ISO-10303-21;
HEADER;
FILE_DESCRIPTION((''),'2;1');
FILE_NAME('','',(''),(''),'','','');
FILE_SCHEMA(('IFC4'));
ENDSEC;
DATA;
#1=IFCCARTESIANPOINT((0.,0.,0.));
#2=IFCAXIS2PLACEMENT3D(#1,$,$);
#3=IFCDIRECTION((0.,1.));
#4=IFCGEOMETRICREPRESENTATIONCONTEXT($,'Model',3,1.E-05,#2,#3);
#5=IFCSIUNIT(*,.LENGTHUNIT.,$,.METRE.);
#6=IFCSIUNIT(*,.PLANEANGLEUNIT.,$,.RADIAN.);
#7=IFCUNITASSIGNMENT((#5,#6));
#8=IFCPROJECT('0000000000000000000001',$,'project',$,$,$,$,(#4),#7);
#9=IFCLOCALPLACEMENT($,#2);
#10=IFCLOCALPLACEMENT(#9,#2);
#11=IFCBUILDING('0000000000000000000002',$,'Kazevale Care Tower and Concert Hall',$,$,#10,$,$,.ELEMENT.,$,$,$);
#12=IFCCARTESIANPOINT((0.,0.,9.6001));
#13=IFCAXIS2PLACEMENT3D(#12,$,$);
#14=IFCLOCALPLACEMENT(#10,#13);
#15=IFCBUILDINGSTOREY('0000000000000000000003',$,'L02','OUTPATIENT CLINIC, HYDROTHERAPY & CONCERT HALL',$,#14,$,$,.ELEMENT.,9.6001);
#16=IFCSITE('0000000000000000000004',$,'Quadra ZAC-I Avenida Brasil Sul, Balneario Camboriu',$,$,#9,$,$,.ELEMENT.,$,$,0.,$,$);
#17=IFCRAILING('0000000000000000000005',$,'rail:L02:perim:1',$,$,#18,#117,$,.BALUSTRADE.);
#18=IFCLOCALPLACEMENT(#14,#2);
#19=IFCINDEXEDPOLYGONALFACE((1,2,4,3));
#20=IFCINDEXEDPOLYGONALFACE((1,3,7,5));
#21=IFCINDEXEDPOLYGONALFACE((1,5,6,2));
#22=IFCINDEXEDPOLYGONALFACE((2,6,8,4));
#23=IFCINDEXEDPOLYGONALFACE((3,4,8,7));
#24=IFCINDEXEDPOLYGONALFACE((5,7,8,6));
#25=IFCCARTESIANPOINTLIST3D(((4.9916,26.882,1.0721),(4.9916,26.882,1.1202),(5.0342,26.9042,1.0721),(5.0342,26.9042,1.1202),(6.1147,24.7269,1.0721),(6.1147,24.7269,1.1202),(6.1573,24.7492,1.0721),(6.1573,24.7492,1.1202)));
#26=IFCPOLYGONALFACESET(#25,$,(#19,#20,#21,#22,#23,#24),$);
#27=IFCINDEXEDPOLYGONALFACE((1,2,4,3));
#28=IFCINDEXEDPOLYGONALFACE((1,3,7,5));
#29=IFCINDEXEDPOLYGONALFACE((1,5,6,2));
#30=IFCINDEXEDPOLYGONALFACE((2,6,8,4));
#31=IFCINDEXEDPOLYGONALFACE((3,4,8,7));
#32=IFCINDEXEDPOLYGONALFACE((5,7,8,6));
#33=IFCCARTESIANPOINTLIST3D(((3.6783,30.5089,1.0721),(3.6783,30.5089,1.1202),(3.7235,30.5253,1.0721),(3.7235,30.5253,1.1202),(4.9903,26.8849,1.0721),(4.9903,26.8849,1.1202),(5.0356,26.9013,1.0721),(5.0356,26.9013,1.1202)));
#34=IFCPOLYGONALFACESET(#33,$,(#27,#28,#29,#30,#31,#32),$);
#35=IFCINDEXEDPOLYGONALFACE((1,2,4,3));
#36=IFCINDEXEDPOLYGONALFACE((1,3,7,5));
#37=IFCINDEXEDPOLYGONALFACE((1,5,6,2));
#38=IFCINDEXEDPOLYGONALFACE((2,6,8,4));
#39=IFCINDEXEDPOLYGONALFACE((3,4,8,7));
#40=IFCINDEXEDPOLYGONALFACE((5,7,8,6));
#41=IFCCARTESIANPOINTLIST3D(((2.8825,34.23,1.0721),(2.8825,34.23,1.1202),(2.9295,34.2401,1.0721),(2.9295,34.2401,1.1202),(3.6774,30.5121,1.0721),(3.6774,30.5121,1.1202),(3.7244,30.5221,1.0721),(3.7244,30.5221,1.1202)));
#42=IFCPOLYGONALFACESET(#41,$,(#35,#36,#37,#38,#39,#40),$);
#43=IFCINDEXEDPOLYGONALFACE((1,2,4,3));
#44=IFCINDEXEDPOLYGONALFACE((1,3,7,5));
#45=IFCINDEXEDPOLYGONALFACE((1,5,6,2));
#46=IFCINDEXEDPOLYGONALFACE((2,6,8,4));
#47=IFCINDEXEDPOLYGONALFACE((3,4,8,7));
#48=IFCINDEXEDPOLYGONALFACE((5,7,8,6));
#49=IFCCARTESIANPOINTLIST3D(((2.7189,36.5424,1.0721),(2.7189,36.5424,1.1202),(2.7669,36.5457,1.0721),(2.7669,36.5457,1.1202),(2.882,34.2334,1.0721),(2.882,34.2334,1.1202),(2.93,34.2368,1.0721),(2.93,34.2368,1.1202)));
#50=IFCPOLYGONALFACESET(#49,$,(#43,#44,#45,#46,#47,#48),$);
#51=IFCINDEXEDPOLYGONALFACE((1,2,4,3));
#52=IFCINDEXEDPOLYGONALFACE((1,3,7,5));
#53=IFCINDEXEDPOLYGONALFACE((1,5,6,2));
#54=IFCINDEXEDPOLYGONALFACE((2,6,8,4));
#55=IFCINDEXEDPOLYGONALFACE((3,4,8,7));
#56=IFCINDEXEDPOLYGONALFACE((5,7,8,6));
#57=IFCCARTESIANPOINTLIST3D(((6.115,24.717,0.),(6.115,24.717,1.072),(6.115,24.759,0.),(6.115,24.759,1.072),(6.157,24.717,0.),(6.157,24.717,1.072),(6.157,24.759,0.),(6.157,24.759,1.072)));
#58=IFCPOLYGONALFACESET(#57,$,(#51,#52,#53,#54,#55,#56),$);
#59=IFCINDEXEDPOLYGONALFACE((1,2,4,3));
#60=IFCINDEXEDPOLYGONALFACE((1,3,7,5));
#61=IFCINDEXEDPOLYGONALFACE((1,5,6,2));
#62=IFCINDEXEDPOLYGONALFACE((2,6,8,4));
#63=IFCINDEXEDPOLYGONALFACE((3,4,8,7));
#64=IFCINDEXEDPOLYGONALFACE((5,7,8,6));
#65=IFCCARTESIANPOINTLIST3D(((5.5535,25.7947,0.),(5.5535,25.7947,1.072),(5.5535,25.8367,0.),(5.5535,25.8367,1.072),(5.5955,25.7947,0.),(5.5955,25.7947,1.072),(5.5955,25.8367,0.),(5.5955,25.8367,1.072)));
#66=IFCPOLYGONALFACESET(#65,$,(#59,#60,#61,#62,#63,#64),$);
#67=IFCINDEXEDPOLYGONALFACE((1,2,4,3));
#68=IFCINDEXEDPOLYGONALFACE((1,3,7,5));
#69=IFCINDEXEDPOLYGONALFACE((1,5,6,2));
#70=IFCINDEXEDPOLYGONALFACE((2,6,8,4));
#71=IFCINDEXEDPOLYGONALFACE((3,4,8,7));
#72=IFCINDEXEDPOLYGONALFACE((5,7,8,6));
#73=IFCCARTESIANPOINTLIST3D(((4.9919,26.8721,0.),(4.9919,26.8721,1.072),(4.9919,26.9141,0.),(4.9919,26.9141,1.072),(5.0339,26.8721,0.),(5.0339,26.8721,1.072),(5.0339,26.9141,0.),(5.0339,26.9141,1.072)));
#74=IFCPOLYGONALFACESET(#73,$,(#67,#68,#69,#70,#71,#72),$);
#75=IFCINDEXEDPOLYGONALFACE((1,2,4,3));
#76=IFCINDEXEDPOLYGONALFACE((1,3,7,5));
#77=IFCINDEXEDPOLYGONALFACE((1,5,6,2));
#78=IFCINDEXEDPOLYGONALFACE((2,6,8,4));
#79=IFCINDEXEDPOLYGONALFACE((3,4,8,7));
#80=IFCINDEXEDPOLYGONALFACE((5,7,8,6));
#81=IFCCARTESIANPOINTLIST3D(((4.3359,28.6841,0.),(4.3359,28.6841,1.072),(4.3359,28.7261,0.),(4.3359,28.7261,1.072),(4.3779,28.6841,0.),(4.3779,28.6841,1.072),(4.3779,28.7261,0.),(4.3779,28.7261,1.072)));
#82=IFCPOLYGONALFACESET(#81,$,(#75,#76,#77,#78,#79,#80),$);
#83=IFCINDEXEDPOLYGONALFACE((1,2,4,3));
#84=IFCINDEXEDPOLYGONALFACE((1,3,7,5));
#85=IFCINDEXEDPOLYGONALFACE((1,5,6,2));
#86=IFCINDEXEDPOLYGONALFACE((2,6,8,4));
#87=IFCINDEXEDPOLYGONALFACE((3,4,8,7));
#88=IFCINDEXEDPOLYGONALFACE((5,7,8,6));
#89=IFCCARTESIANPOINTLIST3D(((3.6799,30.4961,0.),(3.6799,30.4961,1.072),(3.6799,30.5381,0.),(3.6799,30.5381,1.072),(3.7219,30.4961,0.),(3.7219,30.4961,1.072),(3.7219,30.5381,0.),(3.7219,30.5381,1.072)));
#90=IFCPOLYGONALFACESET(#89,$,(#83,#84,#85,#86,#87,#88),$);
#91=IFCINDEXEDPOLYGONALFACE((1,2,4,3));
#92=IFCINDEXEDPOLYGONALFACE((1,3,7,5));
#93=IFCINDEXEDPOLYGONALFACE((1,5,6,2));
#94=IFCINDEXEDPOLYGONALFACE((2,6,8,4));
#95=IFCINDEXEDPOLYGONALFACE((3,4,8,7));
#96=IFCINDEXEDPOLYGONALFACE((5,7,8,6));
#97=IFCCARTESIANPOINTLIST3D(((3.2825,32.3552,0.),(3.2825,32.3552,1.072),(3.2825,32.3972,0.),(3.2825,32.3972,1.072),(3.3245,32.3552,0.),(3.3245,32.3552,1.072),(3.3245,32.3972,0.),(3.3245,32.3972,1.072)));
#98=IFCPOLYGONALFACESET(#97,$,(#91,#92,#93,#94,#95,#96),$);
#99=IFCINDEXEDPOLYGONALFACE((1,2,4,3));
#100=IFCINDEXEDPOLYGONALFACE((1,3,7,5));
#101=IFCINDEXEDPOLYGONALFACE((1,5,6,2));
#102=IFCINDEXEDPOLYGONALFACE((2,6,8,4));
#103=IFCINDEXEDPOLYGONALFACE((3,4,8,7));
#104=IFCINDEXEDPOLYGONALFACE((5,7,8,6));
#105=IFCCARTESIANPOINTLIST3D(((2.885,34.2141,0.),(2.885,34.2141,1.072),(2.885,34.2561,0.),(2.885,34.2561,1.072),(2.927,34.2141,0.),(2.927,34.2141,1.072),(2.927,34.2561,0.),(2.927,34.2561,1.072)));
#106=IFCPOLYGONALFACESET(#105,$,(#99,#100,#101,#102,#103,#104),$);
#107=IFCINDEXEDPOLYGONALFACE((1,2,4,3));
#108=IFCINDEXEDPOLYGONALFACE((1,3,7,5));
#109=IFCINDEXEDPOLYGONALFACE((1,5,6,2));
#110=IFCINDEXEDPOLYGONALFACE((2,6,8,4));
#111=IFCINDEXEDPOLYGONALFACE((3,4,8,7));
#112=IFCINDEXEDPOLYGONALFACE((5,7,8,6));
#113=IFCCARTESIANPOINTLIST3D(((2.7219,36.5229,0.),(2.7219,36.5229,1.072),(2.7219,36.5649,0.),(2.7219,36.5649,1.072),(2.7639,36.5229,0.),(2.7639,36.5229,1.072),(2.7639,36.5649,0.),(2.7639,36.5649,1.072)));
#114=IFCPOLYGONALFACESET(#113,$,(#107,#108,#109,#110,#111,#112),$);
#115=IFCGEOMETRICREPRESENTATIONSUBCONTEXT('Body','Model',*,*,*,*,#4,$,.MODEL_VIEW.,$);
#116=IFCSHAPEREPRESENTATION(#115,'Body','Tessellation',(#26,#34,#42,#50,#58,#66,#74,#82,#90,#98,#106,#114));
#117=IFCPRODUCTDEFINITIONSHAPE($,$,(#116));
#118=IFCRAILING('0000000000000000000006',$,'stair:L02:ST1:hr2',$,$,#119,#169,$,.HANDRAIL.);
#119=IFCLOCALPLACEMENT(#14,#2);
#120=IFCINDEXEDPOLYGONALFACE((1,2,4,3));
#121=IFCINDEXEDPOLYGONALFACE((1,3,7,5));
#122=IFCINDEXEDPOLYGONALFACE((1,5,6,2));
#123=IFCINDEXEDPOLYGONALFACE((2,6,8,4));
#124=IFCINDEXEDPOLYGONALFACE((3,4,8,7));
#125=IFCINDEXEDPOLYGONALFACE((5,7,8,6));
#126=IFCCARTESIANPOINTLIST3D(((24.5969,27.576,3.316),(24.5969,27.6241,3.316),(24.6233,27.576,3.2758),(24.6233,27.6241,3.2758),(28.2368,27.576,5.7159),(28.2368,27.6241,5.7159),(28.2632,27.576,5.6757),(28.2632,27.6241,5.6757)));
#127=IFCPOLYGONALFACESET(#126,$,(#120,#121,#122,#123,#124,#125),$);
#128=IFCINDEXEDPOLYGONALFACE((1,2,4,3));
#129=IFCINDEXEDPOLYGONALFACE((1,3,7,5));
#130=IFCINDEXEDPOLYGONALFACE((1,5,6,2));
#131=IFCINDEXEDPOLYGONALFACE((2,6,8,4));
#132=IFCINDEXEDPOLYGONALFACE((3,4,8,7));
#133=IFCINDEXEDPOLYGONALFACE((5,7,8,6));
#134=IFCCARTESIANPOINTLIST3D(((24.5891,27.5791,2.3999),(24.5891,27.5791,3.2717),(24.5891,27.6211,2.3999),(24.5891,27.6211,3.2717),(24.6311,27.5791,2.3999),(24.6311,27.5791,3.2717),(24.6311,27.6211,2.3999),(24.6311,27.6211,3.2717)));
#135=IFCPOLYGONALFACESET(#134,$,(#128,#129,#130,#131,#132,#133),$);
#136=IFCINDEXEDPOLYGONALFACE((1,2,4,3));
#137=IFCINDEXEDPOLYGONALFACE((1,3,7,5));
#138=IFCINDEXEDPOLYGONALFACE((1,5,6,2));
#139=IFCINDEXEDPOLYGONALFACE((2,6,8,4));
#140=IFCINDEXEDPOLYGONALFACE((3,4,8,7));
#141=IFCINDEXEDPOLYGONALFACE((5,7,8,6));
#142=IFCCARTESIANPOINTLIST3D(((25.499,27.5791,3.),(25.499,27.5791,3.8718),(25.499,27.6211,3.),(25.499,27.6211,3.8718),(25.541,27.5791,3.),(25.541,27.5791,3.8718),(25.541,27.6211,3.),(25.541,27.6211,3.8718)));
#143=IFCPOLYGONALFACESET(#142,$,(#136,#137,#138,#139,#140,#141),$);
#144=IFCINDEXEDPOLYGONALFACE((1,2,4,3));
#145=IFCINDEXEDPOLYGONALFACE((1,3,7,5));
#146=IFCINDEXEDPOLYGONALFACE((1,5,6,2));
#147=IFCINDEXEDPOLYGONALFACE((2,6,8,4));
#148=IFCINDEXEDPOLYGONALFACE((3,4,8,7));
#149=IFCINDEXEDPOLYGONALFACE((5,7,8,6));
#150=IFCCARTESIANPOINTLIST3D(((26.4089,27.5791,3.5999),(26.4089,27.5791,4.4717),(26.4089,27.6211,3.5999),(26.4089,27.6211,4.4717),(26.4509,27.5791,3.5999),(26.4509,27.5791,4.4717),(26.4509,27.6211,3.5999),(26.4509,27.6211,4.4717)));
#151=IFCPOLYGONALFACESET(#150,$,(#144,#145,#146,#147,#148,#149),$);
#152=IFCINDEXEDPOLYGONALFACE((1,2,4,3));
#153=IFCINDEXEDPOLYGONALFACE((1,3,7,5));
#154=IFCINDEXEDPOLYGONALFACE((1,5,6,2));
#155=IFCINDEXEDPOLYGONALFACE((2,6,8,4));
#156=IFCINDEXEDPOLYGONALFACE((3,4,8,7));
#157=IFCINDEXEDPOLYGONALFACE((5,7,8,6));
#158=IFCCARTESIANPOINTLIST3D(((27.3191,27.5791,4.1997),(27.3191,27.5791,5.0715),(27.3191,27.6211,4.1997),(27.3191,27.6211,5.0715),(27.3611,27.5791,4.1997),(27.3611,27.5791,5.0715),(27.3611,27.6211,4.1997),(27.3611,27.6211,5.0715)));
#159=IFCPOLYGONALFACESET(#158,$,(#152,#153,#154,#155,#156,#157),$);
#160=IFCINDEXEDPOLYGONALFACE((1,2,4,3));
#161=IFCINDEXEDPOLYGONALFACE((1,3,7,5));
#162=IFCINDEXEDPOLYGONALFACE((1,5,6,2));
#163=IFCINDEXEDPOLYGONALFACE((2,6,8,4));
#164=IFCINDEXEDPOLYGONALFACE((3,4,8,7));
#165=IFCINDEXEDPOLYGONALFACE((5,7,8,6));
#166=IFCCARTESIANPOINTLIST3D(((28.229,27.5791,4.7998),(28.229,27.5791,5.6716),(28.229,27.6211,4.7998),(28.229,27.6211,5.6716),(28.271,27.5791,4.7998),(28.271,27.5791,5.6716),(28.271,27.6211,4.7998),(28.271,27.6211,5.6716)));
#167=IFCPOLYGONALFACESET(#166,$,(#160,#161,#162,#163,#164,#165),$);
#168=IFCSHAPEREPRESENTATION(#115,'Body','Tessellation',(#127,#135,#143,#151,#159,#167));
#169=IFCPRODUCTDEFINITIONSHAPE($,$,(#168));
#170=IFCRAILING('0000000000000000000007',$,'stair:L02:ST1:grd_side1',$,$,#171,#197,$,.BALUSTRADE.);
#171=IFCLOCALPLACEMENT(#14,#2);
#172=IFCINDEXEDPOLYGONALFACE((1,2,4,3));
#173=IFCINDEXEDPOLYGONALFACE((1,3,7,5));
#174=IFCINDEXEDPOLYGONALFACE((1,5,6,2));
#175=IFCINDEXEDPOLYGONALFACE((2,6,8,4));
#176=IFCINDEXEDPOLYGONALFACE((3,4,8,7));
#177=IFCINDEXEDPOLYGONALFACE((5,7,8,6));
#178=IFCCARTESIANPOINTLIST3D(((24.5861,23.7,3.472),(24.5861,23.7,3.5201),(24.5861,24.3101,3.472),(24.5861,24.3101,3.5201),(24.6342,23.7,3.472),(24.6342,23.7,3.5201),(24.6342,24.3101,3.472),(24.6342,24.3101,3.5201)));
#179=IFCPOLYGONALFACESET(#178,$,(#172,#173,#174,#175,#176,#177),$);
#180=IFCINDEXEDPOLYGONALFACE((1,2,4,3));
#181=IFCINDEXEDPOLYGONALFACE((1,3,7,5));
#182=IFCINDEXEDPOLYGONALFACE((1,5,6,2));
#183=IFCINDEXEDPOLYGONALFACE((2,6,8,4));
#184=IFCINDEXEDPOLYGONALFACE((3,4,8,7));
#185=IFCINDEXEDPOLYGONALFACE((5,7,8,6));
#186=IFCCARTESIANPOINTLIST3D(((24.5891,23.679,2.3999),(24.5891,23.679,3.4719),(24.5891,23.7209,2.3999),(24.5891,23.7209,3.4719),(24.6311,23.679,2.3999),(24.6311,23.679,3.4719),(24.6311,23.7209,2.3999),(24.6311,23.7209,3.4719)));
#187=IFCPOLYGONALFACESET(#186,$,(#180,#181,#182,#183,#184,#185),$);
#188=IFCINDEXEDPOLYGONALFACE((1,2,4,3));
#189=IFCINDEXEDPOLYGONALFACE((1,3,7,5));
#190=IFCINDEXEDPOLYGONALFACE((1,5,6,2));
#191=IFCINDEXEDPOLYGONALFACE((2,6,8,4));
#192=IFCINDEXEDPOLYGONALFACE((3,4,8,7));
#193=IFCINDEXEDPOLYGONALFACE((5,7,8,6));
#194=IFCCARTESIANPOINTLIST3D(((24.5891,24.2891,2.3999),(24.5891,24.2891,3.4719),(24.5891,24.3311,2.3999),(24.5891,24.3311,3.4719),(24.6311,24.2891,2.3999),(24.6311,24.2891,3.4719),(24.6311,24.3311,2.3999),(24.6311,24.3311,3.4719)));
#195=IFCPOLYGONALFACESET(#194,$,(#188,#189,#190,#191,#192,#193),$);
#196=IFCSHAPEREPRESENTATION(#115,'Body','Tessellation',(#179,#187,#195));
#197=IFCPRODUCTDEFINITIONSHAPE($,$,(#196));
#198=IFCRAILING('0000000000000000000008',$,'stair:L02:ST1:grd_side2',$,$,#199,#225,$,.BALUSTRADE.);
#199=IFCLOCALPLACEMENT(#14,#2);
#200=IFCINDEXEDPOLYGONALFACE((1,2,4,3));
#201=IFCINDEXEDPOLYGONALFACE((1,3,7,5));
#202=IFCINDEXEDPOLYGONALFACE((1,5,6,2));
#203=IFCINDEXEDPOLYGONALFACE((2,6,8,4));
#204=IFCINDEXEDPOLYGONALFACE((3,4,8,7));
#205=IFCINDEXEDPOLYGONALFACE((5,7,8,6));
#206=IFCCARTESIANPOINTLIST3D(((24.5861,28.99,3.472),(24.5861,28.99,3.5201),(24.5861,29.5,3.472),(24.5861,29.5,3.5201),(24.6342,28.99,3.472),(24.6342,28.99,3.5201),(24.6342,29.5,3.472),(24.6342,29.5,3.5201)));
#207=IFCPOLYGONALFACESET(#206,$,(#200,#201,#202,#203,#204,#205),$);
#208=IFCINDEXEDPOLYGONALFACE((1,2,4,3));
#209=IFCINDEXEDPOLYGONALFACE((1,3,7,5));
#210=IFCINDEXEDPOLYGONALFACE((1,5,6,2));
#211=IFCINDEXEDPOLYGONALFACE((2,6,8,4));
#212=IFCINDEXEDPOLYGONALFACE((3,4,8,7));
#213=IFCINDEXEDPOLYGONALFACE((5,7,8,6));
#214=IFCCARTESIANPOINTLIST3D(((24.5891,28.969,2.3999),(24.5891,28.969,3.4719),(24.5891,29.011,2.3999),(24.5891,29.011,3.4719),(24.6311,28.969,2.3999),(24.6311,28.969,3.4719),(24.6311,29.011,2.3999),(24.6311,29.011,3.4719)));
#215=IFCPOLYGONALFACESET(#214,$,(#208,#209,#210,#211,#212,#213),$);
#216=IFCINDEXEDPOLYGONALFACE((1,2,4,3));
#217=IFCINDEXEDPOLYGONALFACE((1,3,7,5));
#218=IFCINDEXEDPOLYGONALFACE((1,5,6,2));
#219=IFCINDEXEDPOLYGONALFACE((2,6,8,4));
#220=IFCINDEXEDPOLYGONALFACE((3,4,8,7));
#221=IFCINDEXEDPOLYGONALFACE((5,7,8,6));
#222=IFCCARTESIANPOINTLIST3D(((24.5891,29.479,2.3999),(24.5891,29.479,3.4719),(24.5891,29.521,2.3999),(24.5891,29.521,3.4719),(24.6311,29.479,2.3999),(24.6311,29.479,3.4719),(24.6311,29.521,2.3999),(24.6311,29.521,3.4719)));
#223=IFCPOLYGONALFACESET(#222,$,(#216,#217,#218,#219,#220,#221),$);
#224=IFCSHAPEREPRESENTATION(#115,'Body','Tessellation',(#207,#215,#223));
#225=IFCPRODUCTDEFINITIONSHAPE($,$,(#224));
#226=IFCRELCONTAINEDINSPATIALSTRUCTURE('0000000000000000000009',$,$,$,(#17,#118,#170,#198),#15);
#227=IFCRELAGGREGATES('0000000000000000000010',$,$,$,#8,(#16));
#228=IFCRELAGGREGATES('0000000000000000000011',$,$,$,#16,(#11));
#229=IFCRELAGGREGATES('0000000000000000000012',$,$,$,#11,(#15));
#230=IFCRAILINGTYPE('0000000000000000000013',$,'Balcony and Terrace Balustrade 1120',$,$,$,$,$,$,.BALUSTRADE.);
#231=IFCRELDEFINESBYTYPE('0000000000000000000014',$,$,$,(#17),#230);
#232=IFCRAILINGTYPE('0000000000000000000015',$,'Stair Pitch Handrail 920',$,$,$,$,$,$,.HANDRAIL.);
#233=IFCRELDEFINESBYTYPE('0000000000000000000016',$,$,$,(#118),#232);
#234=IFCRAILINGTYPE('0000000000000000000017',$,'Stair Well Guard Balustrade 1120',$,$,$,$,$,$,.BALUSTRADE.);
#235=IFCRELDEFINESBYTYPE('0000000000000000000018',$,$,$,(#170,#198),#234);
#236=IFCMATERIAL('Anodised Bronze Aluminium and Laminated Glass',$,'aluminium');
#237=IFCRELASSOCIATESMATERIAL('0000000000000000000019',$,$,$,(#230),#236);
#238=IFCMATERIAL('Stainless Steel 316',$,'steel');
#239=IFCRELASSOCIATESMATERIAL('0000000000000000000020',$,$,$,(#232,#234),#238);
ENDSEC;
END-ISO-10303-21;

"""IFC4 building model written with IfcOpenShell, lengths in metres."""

from ifc_helpers import new_model, si_unit, direction, frame, origin, origin_2d, place, context, subcontext, project, spatial, rectangle, extrude, material, type_object, element, save


model = new_model("IFC4")

# Units and contexts
model_context = context("Model", 3, precision=1e-05, world=origin(), true_north=direction((0.0, 1.0)))
body_context = subcontext(model_context, "Body", "Model", "MODEL_VIEW")
ifc_project = project(units=[si_unit("LENGTHUNIT", "METRE"), si_unit("PLANEANGLEUNIT", "RADIAN")], contexts=[model_context])

# Site, building, storey
site_placement = place(None, origin())
site = spatial("IfcSite", under=ifc_project, at=site_placement, Name="Quadra ZAC-I Avenida Brasil Sul, Balneario Camboriu", CompositionType="ELEMENT", RefElevation=0.0)
building_placement = place(site_placement, origin())
building = spatial("IfcBuilding", under=site, at=building_placement, Name="Kazevale Care Tower and Concert Hall", CompositionType="ELEMENT")
storey_placement = place(building_placement, frame((0.0, 0.0, 9.6001)))
storey = spatial("IfcBuildingStorey", under=building, at=storey_placement, Name="L02", Description="OUTPATIENT CLINIC, HYDROTHERAPY & CONCERT HALL", CompositionType="ELEMENT", Elevation=9.6001)

# Railings
ifc_material_1 = material(Name="Anodised Bronze Aluminium and Laminated Glass", Category="aluminium")
railing_type_1 = type_object("IfcRailingType", Name="Balcony and Terrace Balustrade 1120", PredefinedType="BALUSTRADE", material=ifc_material_1)
railing_1_placement = place(storey_placement, frame((6.136, 24.738, 0.0)))
element("IfcRailing", 1, at=railing_1_placement, inside=storey, type_object=railing_type_1, Name="rail:L02:perim:1", PredefinedType="BALUSTRADE", context=body_context, shape_type="SweptSolid", body=[
    extrude(rectangle(XDim=0.0481, YDim=0.0481, at=origin_2d()), frame((0.0, 0.0, 1.0962), z_axis=(-0.46214, 0.886807, 0.0), x_axis=(-0.886807, -0.46214, 0.0)), (0.0, 0.0, 1.0), 2.4302),
    extrude(rectangle(XDim=0.0481, YDim=0.0481, at=origin_2d()), frame((-1.123, 2.155, 1.0962), z_axis=(-0.34041, 0.940277, 0.0), x_axis=(-0.940277, -0.34041, 0.0)), (0.0, 0.0, 1.0), 3.8542),
    extrude(rectangle(XDim=0.0481, YDim=0.0481, at=origin_2d()), frame((-2.4351, 5.7791, 1.0962), z_axis=(-0.209077, 0.977899, 0.0), x_axis=(-0.977899, -0.209077, 0.0)), (0.0, 0.0, 1.0), 3.802),
    extrude(rectangle(XDim=0.0481, YDim=0.0481, at=origin_2d()), frame((-3.23, 9.4971, 1.0962), z_axis=(-0.07046, 0.997515, 0.0), x_axis=(-0.997515, -0.07046, 0.0)), (0.0, 0.0, 1.0), 2.3147),
    extrude(rectangle(XDim=0.042, YDim=0.042, at=origin_2d()), origin(), (0.0, 0.0, 1.0), 1.072),
    extrude(rectangle(XDim=0.042, YDim=0.042, at=origin_2d()), frame((-0.5615, 1.0776, 0.0)), (0.0, 0.0, 1.0), 1.072),
    extrude(rectangle(XDim=0.042, YDim=0.042, at=origin_2d()), frame((-1.123, 2.155, 0.0)), (0.0, 0.0, 1.0), 1.072),
    extrude(rectangle(XDim=0.042, YDim=0.042, at=origin_2d()), frame((-1.7791, 3.967, 0.0)), (0.0, 0.0, 1.0), 1.072),
    extrude(rectangle(XDim=0.042, YDim=0.042, at=origin_2d()), frame((-2.4351, 5.7791, 0.0)), (0.0, 0.0, 1.0), 1.072),
    extrude(rectangle(XDim=0.042, YDim=0.042, at=origin_2d()), frame((-2.8325, 7.6382, 0.0)), (0.0, 0.0, 1.0), 1.072),
    extrude(rectangle(XDim=0.042, YDim=0.042, at=origin_2d()), frame((-3.23, 9.4971, 0.0)), (0.0, 0.0, 1.0), 1.072),
    extrude(rectangle(XDim=0.042, YDim=0.042, at=origin_2d()), frame((-3.3931, 11.8059, 0.0)), (0.0, 0.0, 1.0), 1.072),
])
ifc_material_2 = material(Name="Stainless Steel 316", Category="steel")
railing_type_2 = type_object("IfcRailingType", Name="Stair Pitch Handrail 920", PredefinedType="HANDRAIL", material=ifc_material_2)
railing_2_placement = place(storey_placement, frame((24.6101, 27.6001, 2.3999)))
element("IfcRailing", 2, at=railing_2_placement, inside=storey, type_object=railing_type_2, Name="stair:L02:ST1:hr2", PredefinedType="HANDRAIL", context=body_context, shape_type="SweptSolid", body=[
    extrude(rectangle(XDim=0.0481, YDim=0.0481, at=origin_2d()), frame((0.0, 0.0, 0.896), z_axis=(0.834865, 0.0, 0.550454), x_axis=(0.0, 1.0, 0.0)), (0.0, 0.0, 1.0), 4.3599),
    extrude(rectangle(XDim=0.042, YDim=0.042, at=origin_2d()), origin(), (0.0, 0.0, 1.0), 0.8718),
    extrude(rectangle(XDim=0.042, YDim=0.042, at=origin_2d()), frame((0.9099, 0.0, 0.6001)), (0.0, 0.0, 1.0), 0.8718),
    extrude(rectangle(XDim=0.042, YDim=0.042, at=origin_2d()), frame((1.8198, 0.0, 1.2)), (0.0, 0.0, 1.0), 0.8718),
    extrude(rectangle(XDim=0.042, YDim=0.042, at=origin_2d()), frame((2.73, 0.0, 1.7998)), (0.0, 0.0, 1.0), 0.8718),
    extrude(rectangle(XDim=0.042, YDim=0.042, at=origin_2d()), frame((3.6399, 0.0, 2.3999)), (0.0, 0.0, 1.0), 0.8718),
])
railing_type_3 = type_object("IfcRailingType", Name="Stair Well Guard Balustrade 1120", PredefinedType="BALUSTRADE", material=ifc_material_2)
railing_3_placement = place(storey_placement, frame((24.6101, 23.7, 2.3999)))
element("IfcRailing", 3, at=railing_3_placement, inside=storey, type_object=railing_type_3, Name="stair:L02:ST1:grd_side1", PredefinedType="BALUSTRADE", context=body_context, shape_type="SweptSolid", body=[
    extrude(rectangle(XDim=0.0481, YDim=0.0481, at=origin_2d()), frame((0.0, 0.0, 1.0962), z_axis=(0.0, 1.0, 0.0), x_axis=(-1.0, 0.0, 0.0)), (0.0, 0.0, 1.0), 0.6101),
    extrude(rectangle(XDim=0.042, YDim=0.042, at=origin_2d()), origin(), (0.0, 0.0, 1.0), 1.072),
    extrude(rectangle(XDim=0.042, YDim=0.042, at=origin_2d()), frame((0.0, 0.6101, 0.0)), (0.0, 0.0, 1.0), 1.072),
])
railing_4_placement = place(storey_placement, frame((24.6101, 28.99, 2.3999)))
element("IfcRailing", 4, at=railing_4_placement, inside=storey, type_object=railing_type_3, Name="stair:L02:ST1:grd_side2", PredefinedType="BALUSTRADE", context=body_context, shape_type="SweptSolid", body=[
    extrude(rectangle(XDim=0.0481, YDim=0.0481, at=origin_2d()), frame((0.0, 0.0, 1.0962), z_axis=(0.0, 1.0, 0.0), x_axis=(-1.0, 0.0, 0.0)), (0.0, 0.0, 1.0), 0.51),
    extrude(rectangle(XDim=0.042, YDim=0.042, at=origin_2d()), origin(), (0.0, 0.0, 1.0), 1.072),
    extrude(rectangle(XDim=0.042, YDim=0.042, at=origin_2d()), frame((0.0, 0.51, 0.0)), (0.0, 0.0, 1.0), 1.072),
])

save(model, "model.ifc")
